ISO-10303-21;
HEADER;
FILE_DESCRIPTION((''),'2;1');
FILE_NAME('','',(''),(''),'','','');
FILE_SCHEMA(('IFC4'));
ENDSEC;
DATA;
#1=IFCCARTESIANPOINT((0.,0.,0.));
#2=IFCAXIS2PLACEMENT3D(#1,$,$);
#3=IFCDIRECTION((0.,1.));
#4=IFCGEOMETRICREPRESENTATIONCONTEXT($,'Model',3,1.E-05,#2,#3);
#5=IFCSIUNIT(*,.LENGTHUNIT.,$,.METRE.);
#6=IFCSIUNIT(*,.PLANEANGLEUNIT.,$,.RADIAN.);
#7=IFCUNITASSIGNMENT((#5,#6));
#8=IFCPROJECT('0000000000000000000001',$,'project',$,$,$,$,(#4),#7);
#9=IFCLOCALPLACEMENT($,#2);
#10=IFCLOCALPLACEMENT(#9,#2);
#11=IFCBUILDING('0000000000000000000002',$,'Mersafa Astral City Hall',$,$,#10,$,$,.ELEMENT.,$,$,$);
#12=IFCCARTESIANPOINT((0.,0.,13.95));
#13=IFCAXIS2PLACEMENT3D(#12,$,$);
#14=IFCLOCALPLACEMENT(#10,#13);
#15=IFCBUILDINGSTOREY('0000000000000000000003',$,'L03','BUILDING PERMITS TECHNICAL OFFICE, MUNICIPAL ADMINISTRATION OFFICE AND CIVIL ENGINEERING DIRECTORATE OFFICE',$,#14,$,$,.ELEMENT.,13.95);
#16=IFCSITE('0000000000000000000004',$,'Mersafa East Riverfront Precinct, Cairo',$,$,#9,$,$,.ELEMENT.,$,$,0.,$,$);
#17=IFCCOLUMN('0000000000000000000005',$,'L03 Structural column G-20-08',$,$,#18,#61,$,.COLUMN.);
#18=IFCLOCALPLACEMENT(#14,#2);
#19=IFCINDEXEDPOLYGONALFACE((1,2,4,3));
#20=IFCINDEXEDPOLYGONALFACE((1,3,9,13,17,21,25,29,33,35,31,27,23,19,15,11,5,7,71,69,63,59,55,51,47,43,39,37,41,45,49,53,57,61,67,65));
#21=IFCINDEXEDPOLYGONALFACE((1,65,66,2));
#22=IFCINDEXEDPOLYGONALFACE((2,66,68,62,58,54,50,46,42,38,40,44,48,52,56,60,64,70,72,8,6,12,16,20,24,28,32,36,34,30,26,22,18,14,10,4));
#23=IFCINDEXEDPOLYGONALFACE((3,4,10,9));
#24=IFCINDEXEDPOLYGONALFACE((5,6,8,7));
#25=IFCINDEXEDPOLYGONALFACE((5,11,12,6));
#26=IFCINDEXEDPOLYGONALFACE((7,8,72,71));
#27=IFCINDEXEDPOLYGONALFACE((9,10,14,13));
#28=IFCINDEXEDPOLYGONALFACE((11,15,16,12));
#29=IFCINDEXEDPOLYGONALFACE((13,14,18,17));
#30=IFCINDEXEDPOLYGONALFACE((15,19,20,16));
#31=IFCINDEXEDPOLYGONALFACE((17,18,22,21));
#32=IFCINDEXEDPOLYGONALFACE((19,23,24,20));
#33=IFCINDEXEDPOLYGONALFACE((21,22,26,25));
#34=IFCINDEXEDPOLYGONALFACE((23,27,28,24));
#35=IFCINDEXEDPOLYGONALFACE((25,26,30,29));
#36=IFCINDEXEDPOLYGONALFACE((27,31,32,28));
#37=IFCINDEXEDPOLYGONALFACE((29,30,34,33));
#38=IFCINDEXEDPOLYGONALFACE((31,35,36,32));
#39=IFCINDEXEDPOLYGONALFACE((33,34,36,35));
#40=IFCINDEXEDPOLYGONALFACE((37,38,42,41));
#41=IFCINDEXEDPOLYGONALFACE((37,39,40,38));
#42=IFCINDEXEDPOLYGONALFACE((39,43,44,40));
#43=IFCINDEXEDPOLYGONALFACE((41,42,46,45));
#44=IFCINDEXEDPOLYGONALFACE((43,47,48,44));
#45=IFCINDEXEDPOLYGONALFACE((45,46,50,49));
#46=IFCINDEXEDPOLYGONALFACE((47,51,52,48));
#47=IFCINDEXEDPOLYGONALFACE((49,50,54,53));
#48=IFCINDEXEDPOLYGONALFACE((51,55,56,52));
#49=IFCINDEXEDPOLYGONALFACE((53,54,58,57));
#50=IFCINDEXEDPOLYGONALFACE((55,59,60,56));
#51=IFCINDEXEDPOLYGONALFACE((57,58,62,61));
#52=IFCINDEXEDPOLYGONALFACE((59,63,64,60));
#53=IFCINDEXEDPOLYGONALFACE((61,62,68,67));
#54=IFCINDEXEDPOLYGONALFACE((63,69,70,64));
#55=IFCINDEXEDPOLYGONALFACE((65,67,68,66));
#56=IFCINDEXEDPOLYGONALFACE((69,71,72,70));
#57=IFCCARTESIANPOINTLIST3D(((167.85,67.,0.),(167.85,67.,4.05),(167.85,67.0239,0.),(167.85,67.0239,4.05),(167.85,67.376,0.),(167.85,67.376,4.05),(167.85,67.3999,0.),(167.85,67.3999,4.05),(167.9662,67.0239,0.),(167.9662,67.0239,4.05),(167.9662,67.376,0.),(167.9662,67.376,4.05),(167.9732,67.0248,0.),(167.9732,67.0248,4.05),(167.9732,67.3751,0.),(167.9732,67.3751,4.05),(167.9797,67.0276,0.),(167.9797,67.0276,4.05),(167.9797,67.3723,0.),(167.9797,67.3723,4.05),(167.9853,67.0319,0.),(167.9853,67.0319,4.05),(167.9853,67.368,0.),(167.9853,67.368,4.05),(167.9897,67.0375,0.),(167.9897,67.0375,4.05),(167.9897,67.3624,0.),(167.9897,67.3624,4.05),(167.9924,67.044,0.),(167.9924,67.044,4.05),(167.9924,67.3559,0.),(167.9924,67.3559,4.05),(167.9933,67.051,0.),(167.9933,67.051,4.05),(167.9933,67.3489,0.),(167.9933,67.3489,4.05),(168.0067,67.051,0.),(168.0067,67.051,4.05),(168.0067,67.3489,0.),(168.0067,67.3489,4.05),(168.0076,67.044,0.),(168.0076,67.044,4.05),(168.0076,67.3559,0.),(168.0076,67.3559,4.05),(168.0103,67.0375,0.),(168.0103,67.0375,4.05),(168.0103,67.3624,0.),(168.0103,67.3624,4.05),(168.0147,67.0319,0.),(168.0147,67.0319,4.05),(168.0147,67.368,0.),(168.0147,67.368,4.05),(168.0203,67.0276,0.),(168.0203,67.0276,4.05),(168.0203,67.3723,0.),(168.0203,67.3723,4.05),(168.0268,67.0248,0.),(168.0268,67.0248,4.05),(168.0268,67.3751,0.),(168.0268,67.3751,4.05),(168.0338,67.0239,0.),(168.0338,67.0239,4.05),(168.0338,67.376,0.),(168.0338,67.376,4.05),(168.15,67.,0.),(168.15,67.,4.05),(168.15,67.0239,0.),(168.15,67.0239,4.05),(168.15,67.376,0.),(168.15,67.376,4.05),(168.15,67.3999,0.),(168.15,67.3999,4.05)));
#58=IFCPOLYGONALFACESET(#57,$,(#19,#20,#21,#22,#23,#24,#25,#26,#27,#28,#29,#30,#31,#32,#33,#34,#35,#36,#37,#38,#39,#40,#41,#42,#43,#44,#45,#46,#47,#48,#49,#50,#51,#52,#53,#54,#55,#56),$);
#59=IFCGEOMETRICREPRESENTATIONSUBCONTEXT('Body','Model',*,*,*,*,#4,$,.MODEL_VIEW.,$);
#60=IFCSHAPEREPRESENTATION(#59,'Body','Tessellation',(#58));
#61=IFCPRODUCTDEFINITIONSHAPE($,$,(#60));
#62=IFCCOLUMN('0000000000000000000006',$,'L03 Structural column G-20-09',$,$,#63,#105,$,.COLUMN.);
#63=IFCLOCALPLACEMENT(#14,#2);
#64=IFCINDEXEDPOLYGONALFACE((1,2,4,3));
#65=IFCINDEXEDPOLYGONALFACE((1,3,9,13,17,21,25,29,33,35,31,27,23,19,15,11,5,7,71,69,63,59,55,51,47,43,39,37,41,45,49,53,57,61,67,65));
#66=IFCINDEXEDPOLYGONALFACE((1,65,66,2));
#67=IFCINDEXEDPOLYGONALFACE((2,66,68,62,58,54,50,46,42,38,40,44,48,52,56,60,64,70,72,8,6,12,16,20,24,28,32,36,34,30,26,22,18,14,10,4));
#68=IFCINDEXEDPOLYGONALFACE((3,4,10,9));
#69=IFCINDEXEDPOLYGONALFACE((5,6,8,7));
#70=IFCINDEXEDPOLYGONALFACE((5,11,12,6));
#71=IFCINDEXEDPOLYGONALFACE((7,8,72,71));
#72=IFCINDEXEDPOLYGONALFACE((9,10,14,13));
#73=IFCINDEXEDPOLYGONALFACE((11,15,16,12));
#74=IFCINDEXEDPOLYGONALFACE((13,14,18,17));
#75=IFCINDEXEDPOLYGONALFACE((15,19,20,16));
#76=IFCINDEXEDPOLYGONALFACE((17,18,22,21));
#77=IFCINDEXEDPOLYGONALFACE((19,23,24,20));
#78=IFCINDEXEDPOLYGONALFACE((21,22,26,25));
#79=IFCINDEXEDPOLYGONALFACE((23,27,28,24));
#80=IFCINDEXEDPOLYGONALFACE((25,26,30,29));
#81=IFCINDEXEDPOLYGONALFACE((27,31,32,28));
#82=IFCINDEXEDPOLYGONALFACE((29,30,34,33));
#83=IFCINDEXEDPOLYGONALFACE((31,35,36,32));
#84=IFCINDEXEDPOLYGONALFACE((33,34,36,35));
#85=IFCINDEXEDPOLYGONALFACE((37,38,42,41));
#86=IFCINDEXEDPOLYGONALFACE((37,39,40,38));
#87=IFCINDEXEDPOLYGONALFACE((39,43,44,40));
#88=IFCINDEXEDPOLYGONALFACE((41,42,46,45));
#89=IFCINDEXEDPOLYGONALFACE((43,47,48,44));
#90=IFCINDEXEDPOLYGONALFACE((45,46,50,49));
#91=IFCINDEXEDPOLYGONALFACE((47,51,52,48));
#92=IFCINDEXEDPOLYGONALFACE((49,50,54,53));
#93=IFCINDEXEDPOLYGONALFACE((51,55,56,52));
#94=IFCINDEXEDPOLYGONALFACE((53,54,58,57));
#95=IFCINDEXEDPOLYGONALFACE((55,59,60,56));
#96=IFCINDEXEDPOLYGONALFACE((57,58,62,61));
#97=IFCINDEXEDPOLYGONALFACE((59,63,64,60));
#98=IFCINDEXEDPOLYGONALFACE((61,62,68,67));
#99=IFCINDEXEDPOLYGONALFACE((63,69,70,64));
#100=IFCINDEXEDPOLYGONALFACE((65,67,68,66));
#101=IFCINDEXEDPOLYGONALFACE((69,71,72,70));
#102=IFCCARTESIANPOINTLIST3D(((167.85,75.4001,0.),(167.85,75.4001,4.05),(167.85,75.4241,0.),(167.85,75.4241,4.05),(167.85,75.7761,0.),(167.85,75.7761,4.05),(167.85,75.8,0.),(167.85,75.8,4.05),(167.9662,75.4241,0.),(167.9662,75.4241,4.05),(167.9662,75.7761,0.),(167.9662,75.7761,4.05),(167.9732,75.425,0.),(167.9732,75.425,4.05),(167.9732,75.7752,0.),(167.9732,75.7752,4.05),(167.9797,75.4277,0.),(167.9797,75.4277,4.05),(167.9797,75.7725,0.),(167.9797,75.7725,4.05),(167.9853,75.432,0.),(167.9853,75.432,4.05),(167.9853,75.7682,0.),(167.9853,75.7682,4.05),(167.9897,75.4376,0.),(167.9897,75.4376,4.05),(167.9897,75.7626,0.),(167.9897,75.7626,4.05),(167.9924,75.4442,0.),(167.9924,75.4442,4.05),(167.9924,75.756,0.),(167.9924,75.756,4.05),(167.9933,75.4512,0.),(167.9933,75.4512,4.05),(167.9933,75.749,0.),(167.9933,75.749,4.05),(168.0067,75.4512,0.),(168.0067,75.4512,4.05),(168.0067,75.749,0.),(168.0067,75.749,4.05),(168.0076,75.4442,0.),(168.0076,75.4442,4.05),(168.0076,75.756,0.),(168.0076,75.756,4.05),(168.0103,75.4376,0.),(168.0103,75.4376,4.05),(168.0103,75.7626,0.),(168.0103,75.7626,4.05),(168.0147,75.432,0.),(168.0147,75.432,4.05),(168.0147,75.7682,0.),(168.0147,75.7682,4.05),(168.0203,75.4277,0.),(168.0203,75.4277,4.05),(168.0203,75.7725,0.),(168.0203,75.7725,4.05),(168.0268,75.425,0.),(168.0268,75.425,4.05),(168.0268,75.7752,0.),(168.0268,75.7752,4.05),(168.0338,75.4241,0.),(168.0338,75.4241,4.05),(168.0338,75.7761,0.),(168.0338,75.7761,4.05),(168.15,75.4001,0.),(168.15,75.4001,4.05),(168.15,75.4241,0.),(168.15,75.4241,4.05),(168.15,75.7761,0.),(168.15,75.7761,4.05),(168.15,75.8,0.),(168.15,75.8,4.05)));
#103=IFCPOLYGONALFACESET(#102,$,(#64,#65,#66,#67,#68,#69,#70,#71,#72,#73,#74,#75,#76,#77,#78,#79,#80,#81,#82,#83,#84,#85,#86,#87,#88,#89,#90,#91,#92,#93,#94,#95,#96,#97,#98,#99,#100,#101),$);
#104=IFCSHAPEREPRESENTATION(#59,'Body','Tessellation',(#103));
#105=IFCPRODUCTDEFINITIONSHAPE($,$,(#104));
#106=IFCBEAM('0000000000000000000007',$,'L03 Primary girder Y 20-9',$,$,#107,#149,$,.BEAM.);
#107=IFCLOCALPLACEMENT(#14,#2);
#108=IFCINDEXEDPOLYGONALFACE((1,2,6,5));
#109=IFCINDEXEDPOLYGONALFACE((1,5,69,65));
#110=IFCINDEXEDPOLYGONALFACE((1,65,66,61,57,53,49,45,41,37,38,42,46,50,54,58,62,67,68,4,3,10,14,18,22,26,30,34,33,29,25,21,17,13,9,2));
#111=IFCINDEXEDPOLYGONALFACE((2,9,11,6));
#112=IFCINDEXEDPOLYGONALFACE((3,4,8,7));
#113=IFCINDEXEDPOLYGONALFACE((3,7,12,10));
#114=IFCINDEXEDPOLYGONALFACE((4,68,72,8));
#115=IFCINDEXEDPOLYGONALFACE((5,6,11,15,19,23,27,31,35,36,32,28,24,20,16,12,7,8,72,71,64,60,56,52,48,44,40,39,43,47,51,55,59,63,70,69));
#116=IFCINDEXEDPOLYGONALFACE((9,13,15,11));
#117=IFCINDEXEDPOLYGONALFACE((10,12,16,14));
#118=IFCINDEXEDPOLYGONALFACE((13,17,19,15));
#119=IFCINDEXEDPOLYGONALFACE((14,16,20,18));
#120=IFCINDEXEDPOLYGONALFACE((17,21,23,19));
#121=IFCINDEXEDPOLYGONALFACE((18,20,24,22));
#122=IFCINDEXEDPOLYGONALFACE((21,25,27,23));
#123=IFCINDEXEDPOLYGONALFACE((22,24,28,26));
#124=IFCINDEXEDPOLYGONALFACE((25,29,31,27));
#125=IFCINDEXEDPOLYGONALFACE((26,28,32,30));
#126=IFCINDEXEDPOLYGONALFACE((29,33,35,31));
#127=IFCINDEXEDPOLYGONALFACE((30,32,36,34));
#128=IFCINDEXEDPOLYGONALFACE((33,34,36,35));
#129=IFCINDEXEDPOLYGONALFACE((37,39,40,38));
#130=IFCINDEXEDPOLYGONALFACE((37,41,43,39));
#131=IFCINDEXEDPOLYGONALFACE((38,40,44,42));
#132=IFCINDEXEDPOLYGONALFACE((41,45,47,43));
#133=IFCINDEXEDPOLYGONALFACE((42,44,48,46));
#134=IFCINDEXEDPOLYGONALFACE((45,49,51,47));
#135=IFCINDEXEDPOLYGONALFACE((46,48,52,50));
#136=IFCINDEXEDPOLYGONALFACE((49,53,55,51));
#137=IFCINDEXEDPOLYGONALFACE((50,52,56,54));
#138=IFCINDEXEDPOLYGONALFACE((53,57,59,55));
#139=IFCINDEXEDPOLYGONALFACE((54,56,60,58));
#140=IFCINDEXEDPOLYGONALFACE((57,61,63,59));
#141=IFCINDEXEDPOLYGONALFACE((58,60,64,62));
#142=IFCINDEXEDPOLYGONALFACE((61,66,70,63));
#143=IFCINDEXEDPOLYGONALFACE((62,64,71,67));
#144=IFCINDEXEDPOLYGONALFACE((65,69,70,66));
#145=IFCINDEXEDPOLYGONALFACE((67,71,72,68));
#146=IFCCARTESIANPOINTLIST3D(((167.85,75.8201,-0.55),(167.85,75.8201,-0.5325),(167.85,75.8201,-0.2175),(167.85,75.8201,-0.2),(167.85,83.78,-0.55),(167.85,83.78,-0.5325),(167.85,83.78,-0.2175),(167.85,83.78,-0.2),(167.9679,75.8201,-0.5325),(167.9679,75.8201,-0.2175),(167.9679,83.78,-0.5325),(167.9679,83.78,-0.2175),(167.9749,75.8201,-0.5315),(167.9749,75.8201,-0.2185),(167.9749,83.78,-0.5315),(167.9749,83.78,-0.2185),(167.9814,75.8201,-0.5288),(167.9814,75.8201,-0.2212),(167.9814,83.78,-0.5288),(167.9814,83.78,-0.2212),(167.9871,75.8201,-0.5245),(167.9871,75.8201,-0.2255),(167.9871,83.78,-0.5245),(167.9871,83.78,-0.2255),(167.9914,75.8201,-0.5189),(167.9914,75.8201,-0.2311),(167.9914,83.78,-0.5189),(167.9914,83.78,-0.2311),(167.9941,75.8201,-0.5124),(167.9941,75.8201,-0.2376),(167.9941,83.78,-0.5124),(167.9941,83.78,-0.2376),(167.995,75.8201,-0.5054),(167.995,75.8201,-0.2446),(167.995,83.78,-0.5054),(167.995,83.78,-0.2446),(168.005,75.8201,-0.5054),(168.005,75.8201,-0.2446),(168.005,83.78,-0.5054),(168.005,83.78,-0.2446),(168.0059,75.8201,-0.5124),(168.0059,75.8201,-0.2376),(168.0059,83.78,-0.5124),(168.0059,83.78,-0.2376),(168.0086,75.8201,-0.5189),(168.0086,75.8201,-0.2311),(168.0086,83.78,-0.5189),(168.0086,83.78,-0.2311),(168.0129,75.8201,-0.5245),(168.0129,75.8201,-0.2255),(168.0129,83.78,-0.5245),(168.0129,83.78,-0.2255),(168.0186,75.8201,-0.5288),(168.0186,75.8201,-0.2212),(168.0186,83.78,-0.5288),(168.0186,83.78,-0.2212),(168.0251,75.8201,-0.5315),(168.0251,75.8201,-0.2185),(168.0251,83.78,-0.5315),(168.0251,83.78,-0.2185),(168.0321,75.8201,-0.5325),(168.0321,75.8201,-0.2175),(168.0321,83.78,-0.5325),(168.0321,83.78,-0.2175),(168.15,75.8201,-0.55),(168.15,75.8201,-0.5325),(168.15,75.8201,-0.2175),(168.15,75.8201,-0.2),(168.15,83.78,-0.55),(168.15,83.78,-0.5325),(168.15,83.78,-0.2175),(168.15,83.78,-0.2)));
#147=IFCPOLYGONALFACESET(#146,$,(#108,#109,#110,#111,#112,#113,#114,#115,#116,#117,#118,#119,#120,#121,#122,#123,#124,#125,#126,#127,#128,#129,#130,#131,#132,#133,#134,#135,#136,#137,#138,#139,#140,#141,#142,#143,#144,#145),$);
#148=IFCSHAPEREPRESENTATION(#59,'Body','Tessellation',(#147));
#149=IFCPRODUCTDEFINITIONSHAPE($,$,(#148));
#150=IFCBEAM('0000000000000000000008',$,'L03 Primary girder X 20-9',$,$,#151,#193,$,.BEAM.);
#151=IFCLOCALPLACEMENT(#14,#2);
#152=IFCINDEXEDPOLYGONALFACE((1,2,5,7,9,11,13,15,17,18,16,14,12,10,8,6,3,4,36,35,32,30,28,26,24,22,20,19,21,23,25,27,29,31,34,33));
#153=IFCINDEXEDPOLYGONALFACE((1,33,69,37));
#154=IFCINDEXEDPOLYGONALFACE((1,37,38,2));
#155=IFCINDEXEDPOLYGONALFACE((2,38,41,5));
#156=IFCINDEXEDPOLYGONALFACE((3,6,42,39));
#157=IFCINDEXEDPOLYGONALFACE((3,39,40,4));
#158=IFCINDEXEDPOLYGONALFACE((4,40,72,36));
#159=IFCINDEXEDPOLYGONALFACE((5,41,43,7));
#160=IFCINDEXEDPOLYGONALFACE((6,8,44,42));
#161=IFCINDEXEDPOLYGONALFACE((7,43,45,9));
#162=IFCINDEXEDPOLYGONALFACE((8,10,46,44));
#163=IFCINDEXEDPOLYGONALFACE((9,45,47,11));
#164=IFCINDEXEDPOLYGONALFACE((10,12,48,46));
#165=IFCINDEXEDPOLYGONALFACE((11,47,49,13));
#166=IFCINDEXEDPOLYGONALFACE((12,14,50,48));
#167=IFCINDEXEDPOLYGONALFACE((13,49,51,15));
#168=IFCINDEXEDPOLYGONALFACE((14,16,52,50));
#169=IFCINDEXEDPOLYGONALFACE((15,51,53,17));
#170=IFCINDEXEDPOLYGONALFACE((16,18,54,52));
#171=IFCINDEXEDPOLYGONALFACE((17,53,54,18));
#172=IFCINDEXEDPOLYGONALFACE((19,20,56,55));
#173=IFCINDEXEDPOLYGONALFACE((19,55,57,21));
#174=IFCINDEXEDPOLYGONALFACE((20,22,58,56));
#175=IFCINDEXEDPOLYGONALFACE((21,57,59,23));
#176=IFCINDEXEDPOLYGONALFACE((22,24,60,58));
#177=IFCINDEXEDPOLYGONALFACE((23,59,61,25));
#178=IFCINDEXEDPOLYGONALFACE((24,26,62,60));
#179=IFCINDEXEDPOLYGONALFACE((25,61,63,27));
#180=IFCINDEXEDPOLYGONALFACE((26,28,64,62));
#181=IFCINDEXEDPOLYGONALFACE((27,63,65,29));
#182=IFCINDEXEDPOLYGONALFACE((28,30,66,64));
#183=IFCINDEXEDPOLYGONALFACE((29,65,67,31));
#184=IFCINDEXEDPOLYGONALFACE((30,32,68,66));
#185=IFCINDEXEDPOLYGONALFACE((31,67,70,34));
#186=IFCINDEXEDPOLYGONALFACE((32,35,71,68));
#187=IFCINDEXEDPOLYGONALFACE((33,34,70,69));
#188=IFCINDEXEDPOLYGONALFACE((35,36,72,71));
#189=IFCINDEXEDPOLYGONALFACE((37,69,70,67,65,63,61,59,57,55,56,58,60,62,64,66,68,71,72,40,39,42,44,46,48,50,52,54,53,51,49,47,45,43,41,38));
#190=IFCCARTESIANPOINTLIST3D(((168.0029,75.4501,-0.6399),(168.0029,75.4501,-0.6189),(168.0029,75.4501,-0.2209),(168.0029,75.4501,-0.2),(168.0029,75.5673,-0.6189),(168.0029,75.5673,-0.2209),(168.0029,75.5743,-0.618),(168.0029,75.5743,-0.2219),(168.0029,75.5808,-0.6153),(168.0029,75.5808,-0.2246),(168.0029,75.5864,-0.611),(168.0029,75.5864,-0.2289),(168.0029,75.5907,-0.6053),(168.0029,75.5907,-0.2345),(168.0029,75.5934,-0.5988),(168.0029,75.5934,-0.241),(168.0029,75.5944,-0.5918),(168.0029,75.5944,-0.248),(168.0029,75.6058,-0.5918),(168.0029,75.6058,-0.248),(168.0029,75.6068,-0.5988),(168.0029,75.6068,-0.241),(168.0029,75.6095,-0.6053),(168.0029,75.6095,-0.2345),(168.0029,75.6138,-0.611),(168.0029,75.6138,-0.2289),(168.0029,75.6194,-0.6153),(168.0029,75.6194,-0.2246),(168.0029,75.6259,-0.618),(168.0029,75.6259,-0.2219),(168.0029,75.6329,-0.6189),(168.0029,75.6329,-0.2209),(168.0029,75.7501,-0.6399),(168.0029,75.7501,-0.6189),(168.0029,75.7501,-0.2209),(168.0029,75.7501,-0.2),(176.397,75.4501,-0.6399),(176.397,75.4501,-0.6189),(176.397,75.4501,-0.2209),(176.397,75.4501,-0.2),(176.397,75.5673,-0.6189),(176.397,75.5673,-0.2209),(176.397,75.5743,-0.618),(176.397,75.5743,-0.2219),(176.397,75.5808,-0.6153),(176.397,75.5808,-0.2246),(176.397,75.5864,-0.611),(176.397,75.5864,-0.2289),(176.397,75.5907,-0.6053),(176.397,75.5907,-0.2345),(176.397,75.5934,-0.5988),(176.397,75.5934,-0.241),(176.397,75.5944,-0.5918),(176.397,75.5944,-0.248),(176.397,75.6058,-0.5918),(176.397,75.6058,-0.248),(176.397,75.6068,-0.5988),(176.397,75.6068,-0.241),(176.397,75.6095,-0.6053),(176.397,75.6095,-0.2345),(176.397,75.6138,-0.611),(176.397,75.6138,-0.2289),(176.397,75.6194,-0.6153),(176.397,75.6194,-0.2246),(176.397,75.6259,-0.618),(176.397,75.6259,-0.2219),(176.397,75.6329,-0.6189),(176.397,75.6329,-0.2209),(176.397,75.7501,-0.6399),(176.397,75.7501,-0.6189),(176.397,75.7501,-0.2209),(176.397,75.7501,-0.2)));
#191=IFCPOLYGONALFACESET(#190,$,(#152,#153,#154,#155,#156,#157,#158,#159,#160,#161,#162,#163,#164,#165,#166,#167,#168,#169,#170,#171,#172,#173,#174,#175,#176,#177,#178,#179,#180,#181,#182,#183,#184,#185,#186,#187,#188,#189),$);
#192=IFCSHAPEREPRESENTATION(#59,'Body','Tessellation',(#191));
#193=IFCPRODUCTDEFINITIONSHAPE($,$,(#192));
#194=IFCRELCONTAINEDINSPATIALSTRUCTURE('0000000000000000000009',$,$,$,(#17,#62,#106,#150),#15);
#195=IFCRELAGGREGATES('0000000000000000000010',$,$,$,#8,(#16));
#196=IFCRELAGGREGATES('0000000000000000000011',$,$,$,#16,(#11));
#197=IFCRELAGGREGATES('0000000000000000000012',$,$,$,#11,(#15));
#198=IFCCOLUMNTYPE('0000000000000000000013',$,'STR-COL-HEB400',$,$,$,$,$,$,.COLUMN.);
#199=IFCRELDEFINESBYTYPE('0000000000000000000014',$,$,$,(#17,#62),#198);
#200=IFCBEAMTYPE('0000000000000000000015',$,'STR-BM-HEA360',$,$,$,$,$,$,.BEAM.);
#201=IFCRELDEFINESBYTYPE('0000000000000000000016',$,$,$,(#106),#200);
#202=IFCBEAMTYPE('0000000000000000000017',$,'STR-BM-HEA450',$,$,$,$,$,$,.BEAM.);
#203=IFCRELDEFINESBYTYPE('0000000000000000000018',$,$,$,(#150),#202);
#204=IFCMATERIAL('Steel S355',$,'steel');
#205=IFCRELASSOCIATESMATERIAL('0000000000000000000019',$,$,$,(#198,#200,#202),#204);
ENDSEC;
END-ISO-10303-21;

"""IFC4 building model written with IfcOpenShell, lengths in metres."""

from ifc_helpers import new_model, si_unit, direction, frame, origin, origin_2d, place, context, subcontext, project, spatial, i_section, extrude, material, material_profile, profile_set, type_object, element, save


model = new_model("IFC4")

# Units and contexts
model_context = context("Model", 3, precision=1e-05, world=origin(), true_north=direction((0.0, 1.0)))
body_context = subcontext(model_context, "Body", "Model", "MODEL_VIEW")
ifc_project = project(units=[si_unit("LENGTHUNIT", "METRE"), si_unit("PLANEANGLEUNIT", "RADIAN")], contexts=[model_context])

# Site, building, storey
site_placement = place(None, origin())
site = spatial("IfcSite", under=ifc_project, at=site_placement, Name="Mersafa East Riverfront Precinct, Cairo", CompositionType="ELEMENT", RefElevation=0.0)
building_placement = place(site_placement, origin())
building = spatial("IfcBuilding", under=site, at=building_placement, Name="Mersafa Astral City Hall", CompositionType="ELEMENT")
storey_placement = place(building_placement, frame((0.0, 0.0, 13.95)))
storey = spatial("IfcBuildingStorey", under=building, at=storey_placement, Name="L03", Description="BUILDING PERMITS TECHNICAL OFFICE, MUNICIPAL ADMINISTRATION OFFICE AND CIVIL ENGINEERING DIRECTORATE OFFICE", CompositionType="ELEMENT", Elevation=13.95)

# Columns
ifc_material_1 = material(Name="Steel S355", Category="steel")
ifc_material_profile_1 = material_profile(ifc_material_1, i_section(OverallWidth=0.3, OverallDepth=0.3999, WebThickness=0.0134, FlangeThickness=0.0239, FilletRadius=0.0271, at=origin_2d()), Name="HEB 400")
ifc_profile_set_1 = profile_set([ifc_material_profile_1], Name="Steel S355")
column_type = type_object("IfcColumnType", Name="STR-COL-HEB400", PredefinedType="COLUMN", material=ifc_profile_set_1)
for number, where, z_axis, x_axis, name in (
    (1, (168.0, 67.2, 0.0), (0.0, 0.0, 1.0), (1.0, 0.0, 0.0), "L03 Structural column G-20-08"),
    (2, (168.0, 75.6001, 0.0), (0.0, 0.0, 1.0), (1.0, 0.0, 0.0), "L03 Structural column G-20-09"),
):
    element("IfcColumn", number, at=place(storey_placement, frame(where, z_axis=z_axis, x_axis=x_axis)), inside=storey, type_object=column_type, Name=name, PredefinedType="COLUMN", context=body_context, shape_type="SweptSolid", body=[
        extrude(i_section(OverallWidth=0.3, OverallDepth=0.3999, WebThickness=0.0134, FlangeThickness=0.0239, FilletRadius=0.0271, at=origin_2d()), origin(), (0.0, 0.0, 1.0), 4.05),
    ])

# Beams
ifc_material_profile_2 = material_profile(ifc_material_1, i_section(OverallWidth=0.3, OverallDepth=0.3501, WebThickness=0.01, FlangeThickness=0.0176, FilletRadius=0.0271, at=origin_2d()), Name="HEA 360")
ifc_profile_set_2 = profile_set([ifc_material_profile_2], Name="Steel S355")
beam_type_1 = type_object("IfcBeamType", Name="STR-BM-HEA360", PredefinedType="BEAM", material=ifc_profile_set_2)
beam_1_placement = place(storey_placement, frame((168.0, 75.8201, -0.375), z_axis=(0.0, 1.0, 0.0), x_axis=(-1.0, 0.0, 0.0)))
element("IfcBeam", 3, at=beam_1_placement, inside=storey, type_object=beam_type_1, Name="L03 Primary girder Y 20-9", PredefinedType="BEAM", context=body_context, shape_type="SweptSolid", body=[
    extrude(i_section(OverallWidth=0.3, OverallDepth=0.3501, WebThickness=0.01, FlangeThickness=0.0176, FilletRadius=0.0271, at=origin_2d()), origin(), (0.0, 0.0, 1.0), 7.96),
])
ifc_material_profile_3 = material_profile(ifc_material_1, i_section(OverallWidth=0.3, OverallDepth=0.4399, WebThickness=0.0115, FlangeThickness=0.021, FilletRadius=0.0271, at=origin_2d()), Name="HEA 450")
ifc_profile_set_3 = profile_set([ifc_material_profile_3], Name="Steel S355")
beam_type_2 = type_object("IfcBeamType", Name="STR-BM-HEA450", PredefinedType="BEAM", material=ifc_profile_set_3)
beam_2_placement = place(storey_placement, frame((168.0029, 75.6001, -0.4199), z_axis=(1.0, 0.0, 0.0), x_axis=(0.0, 1.0, 0.0)))
element("IfcBeam", 4, at=beam_2_placement, inside=storey, type_object=beam_type_2, Name="L03 Primary girder X 20-9", PredefinedType="BEAM", context=body_context, shape_type="SweptSolid", body=[
    extrude(i_section(OverallWidth=0.3, OverallDepth=0.4399, WebThickness=0.0115, FlangeThickness=0.021, FilletRadius=0.0271, at=origin_2d()), origin(), (0.0, 0.0, 1.0), 8.394),
])

save(model, "model.ifc")
